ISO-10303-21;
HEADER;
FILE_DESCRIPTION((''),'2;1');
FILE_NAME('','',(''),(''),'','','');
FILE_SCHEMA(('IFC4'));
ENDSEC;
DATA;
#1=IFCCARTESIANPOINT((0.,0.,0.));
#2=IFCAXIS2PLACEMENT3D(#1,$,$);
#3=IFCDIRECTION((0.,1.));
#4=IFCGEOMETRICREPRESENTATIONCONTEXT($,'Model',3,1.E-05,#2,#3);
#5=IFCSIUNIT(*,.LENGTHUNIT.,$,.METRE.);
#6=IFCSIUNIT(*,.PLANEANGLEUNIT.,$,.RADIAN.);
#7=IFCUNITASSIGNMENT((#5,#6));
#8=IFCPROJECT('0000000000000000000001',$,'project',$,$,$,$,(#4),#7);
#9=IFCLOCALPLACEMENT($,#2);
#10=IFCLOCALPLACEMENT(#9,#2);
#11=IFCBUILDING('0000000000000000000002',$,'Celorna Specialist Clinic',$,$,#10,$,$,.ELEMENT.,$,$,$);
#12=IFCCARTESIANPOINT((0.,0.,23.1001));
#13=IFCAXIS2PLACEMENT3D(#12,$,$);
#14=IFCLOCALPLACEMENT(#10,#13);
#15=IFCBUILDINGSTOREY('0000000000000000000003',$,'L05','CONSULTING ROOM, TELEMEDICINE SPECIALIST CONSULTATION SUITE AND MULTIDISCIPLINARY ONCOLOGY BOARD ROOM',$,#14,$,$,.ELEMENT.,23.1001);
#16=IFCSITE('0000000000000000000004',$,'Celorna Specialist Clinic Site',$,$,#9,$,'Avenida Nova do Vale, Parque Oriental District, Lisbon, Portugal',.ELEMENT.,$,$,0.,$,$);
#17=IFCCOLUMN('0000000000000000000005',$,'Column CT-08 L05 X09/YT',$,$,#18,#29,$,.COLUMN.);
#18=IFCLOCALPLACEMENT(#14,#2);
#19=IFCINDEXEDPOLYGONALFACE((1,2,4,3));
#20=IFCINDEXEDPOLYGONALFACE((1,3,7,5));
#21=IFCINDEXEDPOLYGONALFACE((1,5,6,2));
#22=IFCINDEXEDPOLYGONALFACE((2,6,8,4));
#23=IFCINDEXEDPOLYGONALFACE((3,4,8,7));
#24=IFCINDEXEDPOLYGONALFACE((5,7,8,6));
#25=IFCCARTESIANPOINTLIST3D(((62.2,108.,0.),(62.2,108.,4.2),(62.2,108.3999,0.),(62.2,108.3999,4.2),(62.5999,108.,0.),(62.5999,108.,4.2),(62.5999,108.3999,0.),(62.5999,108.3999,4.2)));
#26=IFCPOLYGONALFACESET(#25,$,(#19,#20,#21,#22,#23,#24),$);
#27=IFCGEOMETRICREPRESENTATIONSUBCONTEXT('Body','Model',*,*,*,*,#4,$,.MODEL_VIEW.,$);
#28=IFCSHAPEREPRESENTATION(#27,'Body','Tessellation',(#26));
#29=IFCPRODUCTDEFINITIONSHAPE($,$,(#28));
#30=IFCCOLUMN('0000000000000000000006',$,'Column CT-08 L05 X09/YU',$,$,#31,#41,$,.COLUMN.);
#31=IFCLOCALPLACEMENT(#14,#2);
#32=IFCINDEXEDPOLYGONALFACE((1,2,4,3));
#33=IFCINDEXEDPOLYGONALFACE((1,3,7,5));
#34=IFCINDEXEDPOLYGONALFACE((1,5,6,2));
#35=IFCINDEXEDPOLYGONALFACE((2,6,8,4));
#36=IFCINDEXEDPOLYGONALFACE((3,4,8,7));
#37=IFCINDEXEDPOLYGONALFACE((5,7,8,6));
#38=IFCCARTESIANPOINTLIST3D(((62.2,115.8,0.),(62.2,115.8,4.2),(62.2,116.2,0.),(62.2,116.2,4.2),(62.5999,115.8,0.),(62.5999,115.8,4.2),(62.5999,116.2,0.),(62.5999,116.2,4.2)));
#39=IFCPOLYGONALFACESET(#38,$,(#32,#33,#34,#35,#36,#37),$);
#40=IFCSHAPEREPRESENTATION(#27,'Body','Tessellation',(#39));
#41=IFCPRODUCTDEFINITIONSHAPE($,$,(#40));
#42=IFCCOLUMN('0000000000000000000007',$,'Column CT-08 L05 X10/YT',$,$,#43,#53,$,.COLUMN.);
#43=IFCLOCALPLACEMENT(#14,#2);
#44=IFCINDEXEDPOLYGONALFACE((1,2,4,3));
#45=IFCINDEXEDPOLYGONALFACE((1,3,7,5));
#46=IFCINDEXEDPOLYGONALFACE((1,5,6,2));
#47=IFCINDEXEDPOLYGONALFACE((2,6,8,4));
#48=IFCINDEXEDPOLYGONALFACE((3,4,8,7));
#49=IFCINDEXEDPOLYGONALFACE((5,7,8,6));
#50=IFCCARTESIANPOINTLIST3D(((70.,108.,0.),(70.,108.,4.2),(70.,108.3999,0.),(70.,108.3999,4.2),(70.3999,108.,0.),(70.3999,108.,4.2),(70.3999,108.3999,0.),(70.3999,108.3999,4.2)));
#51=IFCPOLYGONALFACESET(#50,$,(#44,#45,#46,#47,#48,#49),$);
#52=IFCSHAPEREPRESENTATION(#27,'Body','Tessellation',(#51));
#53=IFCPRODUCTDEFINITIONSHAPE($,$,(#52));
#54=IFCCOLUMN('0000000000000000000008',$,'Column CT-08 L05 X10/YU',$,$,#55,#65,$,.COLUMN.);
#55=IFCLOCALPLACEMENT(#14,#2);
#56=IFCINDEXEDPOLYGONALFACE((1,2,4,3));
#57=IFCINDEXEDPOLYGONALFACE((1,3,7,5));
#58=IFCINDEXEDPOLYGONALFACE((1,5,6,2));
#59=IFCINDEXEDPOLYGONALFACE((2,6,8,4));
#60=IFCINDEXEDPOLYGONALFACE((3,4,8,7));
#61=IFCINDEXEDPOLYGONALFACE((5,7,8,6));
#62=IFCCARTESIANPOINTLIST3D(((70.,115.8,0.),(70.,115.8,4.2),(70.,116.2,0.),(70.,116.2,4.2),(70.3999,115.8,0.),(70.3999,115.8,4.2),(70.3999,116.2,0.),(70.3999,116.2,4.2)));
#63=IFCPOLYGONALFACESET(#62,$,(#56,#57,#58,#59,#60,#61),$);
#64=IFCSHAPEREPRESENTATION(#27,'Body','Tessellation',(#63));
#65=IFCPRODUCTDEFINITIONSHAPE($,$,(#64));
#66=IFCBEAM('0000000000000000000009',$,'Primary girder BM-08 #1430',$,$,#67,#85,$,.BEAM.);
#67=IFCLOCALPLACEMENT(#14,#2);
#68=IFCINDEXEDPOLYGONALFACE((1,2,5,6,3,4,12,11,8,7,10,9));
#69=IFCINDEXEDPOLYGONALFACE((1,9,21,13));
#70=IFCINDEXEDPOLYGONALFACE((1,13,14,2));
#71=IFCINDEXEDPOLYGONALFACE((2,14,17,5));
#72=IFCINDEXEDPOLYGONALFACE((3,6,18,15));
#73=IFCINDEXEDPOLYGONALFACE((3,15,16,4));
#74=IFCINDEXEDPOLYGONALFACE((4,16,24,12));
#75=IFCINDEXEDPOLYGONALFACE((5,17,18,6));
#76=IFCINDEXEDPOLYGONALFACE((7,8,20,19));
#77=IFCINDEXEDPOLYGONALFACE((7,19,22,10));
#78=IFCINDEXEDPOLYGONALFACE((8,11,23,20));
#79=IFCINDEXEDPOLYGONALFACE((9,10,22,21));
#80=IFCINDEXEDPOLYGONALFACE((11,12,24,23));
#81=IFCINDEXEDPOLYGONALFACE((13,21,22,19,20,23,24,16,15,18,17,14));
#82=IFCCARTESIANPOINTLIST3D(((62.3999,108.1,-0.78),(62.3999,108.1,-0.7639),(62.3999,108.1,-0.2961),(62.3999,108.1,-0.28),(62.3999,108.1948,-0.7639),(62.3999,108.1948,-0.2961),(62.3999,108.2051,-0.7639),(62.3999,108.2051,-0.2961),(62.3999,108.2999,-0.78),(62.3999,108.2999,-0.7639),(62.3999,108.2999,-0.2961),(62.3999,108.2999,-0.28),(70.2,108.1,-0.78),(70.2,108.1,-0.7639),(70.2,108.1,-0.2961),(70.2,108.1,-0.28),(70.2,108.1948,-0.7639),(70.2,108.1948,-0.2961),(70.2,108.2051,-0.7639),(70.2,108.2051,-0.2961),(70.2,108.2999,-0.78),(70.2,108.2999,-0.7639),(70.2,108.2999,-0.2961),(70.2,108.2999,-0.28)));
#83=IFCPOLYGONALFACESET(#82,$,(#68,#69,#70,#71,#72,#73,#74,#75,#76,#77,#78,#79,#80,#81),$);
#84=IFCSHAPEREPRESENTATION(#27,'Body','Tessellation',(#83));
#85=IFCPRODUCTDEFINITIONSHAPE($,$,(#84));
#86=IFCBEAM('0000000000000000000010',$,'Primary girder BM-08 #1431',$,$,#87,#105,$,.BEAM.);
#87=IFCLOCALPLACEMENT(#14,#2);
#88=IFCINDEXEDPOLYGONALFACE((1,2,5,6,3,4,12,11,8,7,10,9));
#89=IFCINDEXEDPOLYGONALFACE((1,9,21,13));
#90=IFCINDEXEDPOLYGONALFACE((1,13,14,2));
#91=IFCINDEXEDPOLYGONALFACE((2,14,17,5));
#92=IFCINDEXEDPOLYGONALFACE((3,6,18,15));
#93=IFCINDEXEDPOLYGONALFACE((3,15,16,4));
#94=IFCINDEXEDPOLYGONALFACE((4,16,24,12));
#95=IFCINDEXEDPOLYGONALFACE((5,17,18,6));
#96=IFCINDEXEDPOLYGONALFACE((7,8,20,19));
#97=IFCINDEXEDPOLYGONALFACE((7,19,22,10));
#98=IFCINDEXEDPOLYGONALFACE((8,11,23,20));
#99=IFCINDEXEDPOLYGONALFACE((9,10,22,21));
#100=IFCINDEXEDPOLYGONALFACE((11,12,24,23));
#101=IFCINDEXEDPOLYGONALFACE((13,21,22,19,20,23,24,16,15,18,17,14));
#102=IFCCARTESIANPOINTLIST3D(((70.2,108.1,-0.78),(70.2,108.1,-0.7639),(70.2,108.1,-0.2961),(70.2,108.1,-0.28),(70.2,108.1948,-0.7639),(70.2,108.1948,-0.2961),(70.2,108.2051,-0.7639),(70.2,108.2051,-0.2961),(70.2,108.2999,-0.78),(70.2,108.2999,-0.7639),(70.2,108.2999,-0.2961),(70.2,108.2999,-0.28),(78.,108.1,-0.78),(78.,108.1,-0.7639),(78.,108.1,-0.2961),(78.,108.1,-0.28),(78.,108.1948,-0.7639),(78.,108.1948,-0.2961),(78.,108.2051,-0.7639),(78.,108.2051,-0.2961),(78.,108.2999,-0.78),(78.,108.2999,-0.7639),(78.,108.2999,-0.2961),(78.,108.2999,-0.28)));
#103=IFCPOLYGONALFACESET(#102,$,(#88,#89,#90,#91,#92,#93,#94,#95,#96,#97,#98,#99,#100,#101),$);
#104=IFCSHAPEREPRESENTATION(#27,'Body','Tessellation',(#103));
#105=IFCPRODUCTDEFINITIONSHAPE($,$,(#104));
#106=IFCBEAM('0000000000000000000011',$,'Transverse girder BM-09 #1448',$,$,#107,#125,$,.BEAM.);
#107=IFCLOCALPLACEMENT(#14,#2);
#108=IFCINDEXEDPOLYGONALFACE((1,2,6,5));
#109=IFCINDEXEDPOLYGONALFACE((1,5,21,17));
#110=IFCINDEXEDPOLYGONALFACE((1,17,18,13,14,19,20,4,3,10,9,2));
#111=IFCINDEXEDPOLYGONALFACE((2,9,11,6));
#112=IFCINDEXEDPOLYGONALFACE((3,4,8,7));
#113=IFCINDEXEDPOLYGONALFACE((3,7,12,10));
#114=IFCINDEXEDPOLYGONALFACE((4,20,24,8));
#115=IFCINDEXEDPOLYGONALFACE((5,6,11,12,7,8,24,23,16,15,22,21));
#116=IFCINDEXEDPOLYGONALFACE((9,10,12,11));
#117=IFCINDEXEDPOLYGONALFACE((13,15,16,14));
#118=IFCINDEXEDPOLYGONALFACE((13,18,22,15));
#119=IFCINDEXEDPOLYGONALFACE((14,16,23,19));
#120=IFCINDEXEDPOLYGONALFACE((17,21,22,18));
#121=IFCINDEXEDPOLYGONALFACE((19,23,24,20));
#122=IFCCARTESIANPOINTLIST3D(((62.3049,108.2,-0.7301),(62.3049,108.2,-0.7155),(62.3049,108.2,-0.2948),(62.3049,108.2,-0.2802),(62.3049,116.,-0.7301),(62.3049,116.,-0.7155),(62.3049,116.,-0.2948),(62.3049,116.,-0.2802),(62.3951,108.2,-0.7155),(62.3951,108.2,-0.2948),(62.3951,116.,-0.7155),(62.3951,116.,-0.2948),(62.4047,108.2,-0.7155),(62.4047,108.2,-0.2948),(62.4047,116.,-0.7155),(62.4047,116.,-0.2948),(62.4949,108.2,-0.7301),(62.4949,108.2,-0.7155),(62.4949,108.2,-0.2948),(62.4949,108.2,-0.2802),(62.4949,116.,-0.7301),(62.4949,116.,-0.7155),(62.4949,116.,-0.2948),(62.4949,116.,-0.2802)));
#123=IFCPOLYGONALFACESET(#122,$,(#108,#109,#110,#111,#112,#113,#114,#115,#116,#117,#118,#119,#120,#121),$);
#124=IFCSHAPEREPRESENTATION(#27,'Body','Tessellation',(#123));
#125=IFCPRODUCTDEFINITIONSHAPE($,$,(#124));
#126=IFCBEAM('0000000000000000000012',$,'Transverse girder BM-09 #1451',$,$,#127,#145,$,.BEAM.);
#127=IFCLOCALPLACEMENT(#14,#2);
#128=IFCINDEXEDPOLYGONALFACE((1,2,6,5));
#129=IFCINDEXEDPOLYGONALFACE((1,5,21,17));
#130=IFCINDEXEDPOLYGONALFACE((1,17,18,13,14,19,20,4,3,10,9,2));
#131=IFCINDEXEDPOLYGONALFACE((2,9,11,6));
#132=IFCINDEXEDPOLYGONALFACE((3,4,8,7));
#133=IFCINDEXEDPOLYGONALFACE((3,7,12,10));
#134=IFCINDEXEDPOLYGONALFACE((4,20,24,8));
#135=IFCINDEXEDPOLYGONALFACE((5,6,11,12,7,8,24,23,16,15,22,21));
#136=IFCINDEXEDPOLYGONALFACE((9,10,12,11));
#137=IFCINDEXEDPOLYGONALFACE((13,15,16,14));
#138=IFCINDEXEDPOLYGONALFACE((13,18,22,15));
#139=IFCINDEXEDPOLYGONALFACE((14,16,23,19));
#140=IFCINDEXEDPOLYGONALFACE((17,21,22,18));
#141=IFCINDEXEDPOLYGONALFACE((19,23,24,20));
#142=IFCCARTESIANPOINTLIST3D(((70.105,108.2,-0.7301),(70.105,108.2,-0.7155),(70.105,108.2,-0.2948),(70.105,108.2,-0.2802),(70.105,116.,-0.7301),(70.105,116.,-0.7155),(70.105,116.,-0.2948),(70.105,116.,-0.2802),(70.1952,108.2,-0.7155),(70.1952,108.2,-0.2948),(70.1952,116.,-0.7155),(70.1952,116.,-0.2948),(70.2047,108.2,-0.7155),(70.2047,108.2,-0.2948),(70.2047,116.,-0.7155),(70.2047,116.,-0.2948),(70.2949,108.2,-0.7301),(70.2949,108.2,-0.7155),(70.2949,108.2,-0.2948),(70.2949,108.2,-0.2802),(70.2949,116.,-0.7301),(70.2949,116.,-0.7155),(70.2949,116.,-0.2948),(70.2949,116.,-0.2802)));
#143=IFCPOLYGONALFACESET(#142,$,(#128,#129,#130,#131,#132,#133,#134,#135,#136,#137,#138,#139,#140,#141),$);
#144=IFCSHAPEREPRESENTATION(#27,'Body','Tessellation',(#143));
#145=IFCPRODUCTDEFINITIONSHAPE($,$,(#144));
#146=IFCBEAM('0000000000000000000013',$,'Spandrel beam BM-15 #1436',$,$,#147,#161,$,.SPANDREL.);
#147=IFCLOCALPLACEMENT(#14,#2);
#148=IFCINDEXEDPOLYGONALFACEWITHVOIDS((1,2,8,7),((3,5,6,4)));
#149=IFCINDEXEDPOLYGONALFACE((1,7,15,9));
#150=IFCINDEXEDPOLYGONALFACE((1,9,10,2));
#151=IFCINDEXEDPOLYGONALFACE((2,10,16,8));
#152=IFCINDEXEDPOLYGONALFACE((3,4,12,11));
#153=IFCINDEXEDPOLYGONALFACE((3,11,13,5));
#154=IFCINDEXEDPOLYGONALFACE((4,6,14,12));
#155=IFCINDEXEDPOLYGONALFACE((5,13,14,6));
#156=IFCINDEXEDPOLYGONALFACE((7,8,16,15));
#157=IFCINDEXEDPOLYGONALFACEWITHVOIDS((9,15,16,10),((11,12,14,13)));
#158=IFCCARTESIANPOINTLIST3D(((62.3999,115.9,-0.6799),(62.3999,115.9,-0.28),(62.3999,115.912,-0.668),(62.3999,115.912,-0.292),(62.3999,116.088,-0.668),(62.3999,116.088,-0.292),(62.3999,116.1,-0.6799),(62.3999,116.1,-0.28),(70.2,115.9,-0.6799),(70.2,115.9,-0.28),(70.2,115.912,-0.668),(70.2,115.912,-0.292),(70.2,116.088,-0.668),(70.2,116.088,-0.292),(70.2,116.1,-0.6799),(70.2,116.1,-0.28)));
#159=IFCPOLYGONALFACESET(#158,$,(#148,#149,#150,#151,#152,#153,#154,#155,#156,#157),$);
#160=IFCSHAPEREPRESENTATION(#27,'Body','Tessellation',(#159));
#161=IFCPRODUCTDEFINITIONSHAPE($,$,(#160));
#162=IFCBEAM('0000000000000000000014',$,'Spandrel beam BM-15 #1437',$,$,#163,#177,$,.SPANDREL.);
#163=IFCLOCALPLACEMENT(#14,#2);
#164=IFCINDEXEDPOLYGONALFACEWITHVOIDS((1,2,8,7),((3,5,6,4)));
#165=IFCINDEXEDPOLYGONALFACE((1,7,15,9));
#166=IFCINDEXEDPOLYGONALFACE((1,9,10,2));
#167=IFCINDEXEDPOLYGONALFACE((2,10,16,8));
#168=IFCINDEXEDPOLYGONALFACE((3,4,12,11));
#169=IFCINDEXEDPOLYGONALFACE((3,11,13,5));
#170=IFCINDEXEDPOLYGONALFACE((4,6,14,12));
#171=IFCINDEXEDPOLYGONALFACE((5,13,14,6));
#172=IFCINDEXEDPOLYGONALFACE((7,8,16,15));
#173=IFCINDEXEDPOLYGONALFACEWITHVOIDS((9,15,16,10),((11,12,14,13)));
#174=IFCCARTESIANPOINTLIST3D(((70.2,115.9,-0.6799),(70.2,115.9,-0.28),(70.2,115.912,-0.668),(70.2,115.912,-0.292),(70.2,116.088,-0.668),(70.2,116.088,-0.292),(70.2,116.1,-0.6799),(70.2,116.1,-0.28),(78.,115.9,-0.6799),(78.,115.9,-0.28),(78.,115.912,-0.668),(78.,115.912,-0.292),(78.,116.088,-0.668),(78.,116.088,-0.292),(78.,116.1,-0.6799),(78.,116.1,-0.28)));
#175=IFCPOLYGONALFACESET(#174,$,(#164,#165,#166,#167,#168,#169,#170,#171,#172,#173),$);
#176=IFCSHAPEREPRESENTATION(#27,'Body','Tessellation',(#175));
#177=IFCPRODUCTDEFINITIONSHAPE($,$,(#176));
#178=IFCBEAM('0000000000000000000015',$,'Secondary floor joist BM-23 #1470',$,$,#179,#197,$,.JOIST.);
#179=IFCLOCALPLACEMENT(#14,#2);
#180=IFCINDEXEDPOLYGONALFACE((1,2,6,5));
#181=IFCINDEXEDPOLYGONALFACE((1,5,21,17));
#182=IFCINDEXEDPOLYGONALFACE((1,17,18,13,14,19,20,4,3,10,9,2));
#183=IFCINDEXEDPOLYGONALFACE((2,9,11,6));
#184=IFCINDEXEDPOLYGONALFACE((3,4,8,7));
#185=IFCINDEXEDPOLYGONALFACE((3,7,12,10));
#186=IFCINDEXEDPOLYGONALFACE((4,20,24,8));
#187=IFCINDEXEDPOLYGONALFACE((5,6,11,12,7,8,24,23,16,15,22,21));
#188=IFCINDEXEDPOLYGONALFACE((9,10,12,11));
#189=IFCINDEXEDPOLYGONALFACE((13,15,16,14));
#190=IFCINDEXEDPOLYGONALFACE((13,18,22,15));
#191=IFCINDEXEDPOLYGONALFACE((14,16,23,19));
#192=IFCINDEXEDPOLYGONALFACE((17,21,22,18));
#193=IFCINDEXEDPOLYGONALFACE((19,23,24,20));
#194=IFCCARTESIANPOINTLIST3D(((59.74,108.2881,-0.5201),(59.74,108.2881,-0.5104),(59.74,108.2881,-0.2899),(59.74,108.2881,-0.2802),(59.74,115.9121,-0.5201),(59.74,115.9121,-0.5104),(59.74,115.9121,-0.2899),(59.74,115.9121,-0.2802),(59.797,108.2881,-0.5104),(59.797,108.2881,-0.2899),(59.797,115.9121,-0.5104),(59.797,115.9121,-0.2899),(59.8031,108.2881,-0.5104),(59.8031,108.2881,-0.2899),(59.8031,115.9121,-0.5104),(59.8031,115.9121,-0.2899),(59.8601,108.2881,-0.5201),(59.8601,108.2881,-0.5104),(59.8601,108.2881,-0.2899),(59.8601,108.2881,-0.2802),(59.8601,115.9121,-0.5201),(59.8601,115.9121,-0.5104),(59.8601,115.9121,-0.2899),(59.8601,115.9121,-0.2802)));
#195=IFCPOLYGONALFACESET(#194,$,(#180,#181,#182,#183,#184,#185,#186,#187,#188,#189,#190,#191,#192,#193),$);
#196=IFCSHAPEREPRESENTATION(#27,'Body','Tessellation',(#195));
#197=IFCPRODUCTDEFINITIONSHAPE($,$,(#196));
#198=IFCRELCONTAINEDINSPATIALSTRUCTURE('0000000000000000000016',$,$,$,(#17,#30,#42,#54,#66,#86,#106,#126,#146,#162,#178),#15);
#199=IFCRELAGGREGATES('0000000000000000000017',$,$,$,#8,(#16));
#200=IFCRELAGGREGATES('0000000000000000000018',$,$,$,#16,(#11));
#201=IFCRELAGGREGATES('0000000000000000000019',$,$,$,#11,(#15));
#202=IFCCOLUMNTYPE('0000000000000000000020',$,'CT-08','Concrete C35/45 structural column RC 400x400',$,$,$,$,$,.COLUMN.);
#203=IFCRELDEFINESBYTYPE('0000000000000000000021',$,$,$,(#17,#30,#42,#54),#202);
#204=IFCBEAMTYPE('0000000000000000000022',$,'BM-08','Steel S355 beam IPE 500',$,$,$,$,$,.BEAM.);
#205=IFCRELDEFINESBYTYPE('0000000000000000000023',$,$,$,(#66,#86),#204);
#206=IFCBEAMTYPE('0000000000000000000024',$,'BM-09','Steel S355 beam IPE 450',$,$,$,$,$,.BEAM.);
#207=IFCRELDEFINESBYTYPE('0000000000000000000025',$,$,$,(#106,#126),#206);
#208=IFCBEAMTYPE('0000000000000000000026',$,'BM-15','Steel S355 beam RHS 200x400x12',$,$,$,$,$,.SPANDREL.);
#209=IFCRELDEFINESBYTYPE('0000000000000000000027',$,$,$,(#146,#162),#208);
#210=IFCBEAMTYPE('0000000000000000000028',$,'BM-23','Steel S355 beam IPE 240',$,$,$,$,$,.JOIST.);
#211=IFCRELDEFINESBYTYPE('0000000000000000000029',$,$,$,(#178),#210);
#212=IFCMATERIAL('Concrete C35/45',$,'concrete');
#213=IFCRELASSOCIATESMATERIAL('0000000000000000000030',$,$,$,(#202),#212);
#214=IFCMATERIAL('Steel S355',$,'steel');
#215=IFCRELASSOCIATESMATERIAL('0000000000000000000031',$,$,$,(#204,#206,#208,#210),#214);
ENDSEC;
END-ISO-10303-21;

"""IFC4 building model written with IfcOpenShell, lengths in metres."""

from ifc_helpers import new_model, si_unit, direction, frame, origin, origin_2d, place, context, subcontext, project, spatial, rectangle, hollow_rectangle, i_section, extrude, material, material_profile, profile_set, type_object, element, save


model = new_model("IFC4")

# Units and contexts
model_context = context("Model", 3, precision=1e-05, world=origin(), true_north=direction((0.0, 1.0)))
body_context = subcontext(model_context, "Body", "Model", "MODEL_VIEW")
ifc_project = project(units=[si_unit("LENGTHUNIT", "METRE"), si_unit("PLANEANGLEUNIT", "RADIAN")], contexts=[model_context])

# Site, building, storey
site_placement = place(None, origin())
site = spatial("IfcSite", under=ifc_project, at=site_placement, Name="Celorna Specialist Clinic Site", LongName="Avenida Nova do Vale, Parque Oriental District, Lisbon, Portugal", CompositionType="ELEMENT", RefElevation=0.0)
building_placement = place(site_placement, origin())
building = spatial("IfcBuilding", under=site, at=building_placement, Name="Celorna Specialist Clinic", CompositionType="ELEMENT")
storey_placement = place(building_placement, frame((0.0, 0.0, 23.1001)))
storey = spatial("IfcBuildingStorey", under=building, at=storey_placement, Name="L05", Description="CONSULTING ROOM, TELEMEDICINE SPECIALIST CONSULTATION SUITE AND MULTIDISCIPLINARY ONCOLOGY BOARD ROOM", CompositionType="ELEMENT", Elevation=23.1001)

# Columns
ifc_material_1 = material(Name="Concrete C35/45", Category="concrete")
ifc_material_profile_1 = material_profile(ifc_material_1, rectangle(XDim=0.3999, YDim=0.3999, at=origin_2d()), Name="RC 400x400")
ifc_profile_set_1 = profile_set([ifc_material_profile_1], Name="Concrete C35/45")
column_type = type_object("IfcColumnType", Name="CT-08", Description="Concrete C35/45 structural column RC 400x400", PredefinedType="COLUMN", material=ifc_profile_set_1)
for number, where, z_axis, x_axis, name in (
    (1, (62.3999, 108.2, 0.0), (0.0, 0.0, 1.0), (1.0, 0.0, 0.0), "Column CT-08 L05 X09/YT"),
    (2, (62.3999, 116.0, 0.0), (0.0, 0.0, 1.0), (1.0, 0.0, 0.0), "Column CT-08 L05 X09/YU"),
    (3, (70.2, 108.2, 0.0), (0.0, 0.0, 1.0), (1.0, 0.0, 0.0), "Column CT-08 L05 X10/YT"),
    (4, (70.2, 116.0, 0.0), (0.0, 0.0, 1.0), (1.0, 0.0, 0.0), "Column CT-08 L05 X10/YU"),
):
    element("IfcColumn", number, at=place(storey_placement, frame(where, z_axis=z_axis, x_axis=x_axis)), inside=storey, type_object=column_type, Name=name, PredefinedType="COLUMN", context=body_context, shape_type="SweptSolid", body=[
        extrude(rectangle(XDim=0.3999, YDim=0.3999, at=origin_2d()), origin(), (0.0, 0.0, 1.0), 4.2),
    ])

# Beams
ifc_material_2 = material(Name="Steel S355", Category="steel")
ifc_material_profile_2 = material_profile(ifc_material_2, i_section(OverallWidth=0.2, OverallDepth=0.5, WebThickness=0.0103, FlangeThickness=0.0161, at=origin_2d()), Name="IPE 500")
ifc_profile_set_2 = profile_set([ifc_material_profile_2], Name="Steel S355")
beam_type_1 = type_object("IfcBeamType", Name="BM-08", Description="Steel S355 beam IPE 500", PredefinedType="BEAM", material=ifc_profile_set_2)
for number, where, z_axis, x_axis, name in (
    (5, (62.3999, 108.2, -0.53), (1.0, 0.0, 0.0), (0.0, 1.0, 0.0), "Primary girder BM-08 #1430"),
    (6, (70.2, 108.2, -0.53), (1.0, 0.0, 0.0), (0.0, 1.0, 0.0), "Primary girder BM-08 #1431"),
):
    element("IfcBeam", number, at=place(storey_placement, frame(where, z_axis=z_axis, x_axis=x_axis)), inside=storey, type_object=beam_type_1, Name=name, PredefinedType="BEAM", context=body_context, shape_type="SweptSolid", body=[
        extrude(i_section(OverallWidth=0.2, OverallDepth=0.5, WebThickness=0.0103, FlangeThickness=0.0161, at=origin_2d()), origin(), (0.0, 0.0, 1.0), 7.8),
    ])
ifc_material_profile_3 = material_profile(ifc_material_2, i_section(OverallWidth=0.1899, OverallDepth=0.45, WebThickness=0.0095, FlangeThickness=0.0146, at=origin_2d()), Name="IPE 450")
ifc_profile_set_3 = profile_set([ifc_material_profile_3], Name="Steel S355")
beam_type_2 = type_object("IfcBeamType", Name="BM-09", Description="Steel S355 beam IPE 450", PredefinedType="BEAM", material=ifc_profile_set_3)
for number, where, z_axis, x_axis, name in (
    (7, (62.3999, 108.2, -0.5051), (0.0, 1.0, 0.0), (-1.0, 0.0, 0.0), "Transverse girder BM-09 #1448"),
    (8, (70.2, 108.2, -0.5051), (0.0, 1.0, 0.0), (-1.0, 0.0, 0.0), "Transverse girder BM-09 #1451"),
):
    element("IfcBeam", number, at=place(storey_placement, frame(where, z_axis=z_axis, x_axis=x_axis)), inside=storey, type_object=beam_type_2, Name=name, PredefinedType="BEAM", context=body_context, shape_type="SweptSolid", body=[
        extrude(i_section(OverallWidth=0.1899, OverallDepth=0.45, WebThickness=0.0095, FlangeThickness=0.0146, at=origin_2d()), origin(), (0.0, 0.0, 1.0), 7.8),
    ])
ifc_material_profile_4 = material_profile(ifc_material_2, hollow_rectangle(XDim=0.2, YDim=0.3999, WallThickness=0.012, at=origin_2d()), Name="RHS 200x400x12")
ifc_profile_set_4 = profile_set([ifc_material_profile_4], Name="Steel S355")
beam_type_3 = type_object("IfcBeamType", Name="BM-15", Description="Steel S355 beam RHS 200x400x12", PredefinedType="SPANDREL", material=ifc_profile_set_4)
for number, where, z_axis, x_axis, name in (
    (9, (62.3999, 116.0, -0.48), (1.0, 0.0, 0.0), (0.0, 1.0, 0.0), "Spandrel beam BM-15 #1436"),
    (10, (70.2, 116.0, -0.48), (1.0, 0.0, 0.0), (0.0, 1.0, 0.0), "Spandrel beam BM-15 #1437"),
):
    element("IfcBeam", number, at=place(storey_placement, frame(where, z_axis=z_axis, x_axis=x_axis)), inside=storey, type_object=beam_type_3, Name=name, PredefinedType="SPANDREL", context=body_context, shape_type="SweptSolid", body=[
        extrude(hollow_rectangle(XDim=0.2, YDim=0.3999, WallThickness=0.012, at=origin_2d()), origin(), (0.0, 0.0, 1.0), 7.8),
    ])
ifc_material_profile_5 = material_profile(ifc_material_2, i_section(OverallWidth=0.1201, OverallDepth=0.24, WebThickness=0.0061, FlangeThickness=0.0098, at=origin_2d()), Name="IPE 240")
ifc_profile_set_5 = profile_set([ifc_material_profile_5], Name="Steel S355")
beam_type_4 = type_object("IfcBeamType", Name="BM-23", Description="Steel S355 beam IPE 240", PredefinedType="JOIST", material=ifc_profile_set_5)
for number, where, z_axis, x_axis, name in (
    (11, (59.8, 108.2881, -0.4001), (0.0, 1.0, 0.0), (-1.0, 0.0, 0.0), "Secondary floor joist BM-23 #1470"),
):
    element("IfcBeam", number, at=place(storey_placement, frame(where, z_axis=z_axis, x_axis=x_axis)), inside=storey, type_object=beam_type_4, Name=name, PredefinedType="JOIST", context=body_context, shape_type="SweptSolid", body=[
        extrude(i_section(OverallWidth=0.1201, OverallDepth=0.24, WebThickness=0.0061, FlangeThickness=0.0098, at=origin_2d()), origin(), (0.0, 0.0, 1.0), 7.624),
    ])

save(model, "model.ifc")
